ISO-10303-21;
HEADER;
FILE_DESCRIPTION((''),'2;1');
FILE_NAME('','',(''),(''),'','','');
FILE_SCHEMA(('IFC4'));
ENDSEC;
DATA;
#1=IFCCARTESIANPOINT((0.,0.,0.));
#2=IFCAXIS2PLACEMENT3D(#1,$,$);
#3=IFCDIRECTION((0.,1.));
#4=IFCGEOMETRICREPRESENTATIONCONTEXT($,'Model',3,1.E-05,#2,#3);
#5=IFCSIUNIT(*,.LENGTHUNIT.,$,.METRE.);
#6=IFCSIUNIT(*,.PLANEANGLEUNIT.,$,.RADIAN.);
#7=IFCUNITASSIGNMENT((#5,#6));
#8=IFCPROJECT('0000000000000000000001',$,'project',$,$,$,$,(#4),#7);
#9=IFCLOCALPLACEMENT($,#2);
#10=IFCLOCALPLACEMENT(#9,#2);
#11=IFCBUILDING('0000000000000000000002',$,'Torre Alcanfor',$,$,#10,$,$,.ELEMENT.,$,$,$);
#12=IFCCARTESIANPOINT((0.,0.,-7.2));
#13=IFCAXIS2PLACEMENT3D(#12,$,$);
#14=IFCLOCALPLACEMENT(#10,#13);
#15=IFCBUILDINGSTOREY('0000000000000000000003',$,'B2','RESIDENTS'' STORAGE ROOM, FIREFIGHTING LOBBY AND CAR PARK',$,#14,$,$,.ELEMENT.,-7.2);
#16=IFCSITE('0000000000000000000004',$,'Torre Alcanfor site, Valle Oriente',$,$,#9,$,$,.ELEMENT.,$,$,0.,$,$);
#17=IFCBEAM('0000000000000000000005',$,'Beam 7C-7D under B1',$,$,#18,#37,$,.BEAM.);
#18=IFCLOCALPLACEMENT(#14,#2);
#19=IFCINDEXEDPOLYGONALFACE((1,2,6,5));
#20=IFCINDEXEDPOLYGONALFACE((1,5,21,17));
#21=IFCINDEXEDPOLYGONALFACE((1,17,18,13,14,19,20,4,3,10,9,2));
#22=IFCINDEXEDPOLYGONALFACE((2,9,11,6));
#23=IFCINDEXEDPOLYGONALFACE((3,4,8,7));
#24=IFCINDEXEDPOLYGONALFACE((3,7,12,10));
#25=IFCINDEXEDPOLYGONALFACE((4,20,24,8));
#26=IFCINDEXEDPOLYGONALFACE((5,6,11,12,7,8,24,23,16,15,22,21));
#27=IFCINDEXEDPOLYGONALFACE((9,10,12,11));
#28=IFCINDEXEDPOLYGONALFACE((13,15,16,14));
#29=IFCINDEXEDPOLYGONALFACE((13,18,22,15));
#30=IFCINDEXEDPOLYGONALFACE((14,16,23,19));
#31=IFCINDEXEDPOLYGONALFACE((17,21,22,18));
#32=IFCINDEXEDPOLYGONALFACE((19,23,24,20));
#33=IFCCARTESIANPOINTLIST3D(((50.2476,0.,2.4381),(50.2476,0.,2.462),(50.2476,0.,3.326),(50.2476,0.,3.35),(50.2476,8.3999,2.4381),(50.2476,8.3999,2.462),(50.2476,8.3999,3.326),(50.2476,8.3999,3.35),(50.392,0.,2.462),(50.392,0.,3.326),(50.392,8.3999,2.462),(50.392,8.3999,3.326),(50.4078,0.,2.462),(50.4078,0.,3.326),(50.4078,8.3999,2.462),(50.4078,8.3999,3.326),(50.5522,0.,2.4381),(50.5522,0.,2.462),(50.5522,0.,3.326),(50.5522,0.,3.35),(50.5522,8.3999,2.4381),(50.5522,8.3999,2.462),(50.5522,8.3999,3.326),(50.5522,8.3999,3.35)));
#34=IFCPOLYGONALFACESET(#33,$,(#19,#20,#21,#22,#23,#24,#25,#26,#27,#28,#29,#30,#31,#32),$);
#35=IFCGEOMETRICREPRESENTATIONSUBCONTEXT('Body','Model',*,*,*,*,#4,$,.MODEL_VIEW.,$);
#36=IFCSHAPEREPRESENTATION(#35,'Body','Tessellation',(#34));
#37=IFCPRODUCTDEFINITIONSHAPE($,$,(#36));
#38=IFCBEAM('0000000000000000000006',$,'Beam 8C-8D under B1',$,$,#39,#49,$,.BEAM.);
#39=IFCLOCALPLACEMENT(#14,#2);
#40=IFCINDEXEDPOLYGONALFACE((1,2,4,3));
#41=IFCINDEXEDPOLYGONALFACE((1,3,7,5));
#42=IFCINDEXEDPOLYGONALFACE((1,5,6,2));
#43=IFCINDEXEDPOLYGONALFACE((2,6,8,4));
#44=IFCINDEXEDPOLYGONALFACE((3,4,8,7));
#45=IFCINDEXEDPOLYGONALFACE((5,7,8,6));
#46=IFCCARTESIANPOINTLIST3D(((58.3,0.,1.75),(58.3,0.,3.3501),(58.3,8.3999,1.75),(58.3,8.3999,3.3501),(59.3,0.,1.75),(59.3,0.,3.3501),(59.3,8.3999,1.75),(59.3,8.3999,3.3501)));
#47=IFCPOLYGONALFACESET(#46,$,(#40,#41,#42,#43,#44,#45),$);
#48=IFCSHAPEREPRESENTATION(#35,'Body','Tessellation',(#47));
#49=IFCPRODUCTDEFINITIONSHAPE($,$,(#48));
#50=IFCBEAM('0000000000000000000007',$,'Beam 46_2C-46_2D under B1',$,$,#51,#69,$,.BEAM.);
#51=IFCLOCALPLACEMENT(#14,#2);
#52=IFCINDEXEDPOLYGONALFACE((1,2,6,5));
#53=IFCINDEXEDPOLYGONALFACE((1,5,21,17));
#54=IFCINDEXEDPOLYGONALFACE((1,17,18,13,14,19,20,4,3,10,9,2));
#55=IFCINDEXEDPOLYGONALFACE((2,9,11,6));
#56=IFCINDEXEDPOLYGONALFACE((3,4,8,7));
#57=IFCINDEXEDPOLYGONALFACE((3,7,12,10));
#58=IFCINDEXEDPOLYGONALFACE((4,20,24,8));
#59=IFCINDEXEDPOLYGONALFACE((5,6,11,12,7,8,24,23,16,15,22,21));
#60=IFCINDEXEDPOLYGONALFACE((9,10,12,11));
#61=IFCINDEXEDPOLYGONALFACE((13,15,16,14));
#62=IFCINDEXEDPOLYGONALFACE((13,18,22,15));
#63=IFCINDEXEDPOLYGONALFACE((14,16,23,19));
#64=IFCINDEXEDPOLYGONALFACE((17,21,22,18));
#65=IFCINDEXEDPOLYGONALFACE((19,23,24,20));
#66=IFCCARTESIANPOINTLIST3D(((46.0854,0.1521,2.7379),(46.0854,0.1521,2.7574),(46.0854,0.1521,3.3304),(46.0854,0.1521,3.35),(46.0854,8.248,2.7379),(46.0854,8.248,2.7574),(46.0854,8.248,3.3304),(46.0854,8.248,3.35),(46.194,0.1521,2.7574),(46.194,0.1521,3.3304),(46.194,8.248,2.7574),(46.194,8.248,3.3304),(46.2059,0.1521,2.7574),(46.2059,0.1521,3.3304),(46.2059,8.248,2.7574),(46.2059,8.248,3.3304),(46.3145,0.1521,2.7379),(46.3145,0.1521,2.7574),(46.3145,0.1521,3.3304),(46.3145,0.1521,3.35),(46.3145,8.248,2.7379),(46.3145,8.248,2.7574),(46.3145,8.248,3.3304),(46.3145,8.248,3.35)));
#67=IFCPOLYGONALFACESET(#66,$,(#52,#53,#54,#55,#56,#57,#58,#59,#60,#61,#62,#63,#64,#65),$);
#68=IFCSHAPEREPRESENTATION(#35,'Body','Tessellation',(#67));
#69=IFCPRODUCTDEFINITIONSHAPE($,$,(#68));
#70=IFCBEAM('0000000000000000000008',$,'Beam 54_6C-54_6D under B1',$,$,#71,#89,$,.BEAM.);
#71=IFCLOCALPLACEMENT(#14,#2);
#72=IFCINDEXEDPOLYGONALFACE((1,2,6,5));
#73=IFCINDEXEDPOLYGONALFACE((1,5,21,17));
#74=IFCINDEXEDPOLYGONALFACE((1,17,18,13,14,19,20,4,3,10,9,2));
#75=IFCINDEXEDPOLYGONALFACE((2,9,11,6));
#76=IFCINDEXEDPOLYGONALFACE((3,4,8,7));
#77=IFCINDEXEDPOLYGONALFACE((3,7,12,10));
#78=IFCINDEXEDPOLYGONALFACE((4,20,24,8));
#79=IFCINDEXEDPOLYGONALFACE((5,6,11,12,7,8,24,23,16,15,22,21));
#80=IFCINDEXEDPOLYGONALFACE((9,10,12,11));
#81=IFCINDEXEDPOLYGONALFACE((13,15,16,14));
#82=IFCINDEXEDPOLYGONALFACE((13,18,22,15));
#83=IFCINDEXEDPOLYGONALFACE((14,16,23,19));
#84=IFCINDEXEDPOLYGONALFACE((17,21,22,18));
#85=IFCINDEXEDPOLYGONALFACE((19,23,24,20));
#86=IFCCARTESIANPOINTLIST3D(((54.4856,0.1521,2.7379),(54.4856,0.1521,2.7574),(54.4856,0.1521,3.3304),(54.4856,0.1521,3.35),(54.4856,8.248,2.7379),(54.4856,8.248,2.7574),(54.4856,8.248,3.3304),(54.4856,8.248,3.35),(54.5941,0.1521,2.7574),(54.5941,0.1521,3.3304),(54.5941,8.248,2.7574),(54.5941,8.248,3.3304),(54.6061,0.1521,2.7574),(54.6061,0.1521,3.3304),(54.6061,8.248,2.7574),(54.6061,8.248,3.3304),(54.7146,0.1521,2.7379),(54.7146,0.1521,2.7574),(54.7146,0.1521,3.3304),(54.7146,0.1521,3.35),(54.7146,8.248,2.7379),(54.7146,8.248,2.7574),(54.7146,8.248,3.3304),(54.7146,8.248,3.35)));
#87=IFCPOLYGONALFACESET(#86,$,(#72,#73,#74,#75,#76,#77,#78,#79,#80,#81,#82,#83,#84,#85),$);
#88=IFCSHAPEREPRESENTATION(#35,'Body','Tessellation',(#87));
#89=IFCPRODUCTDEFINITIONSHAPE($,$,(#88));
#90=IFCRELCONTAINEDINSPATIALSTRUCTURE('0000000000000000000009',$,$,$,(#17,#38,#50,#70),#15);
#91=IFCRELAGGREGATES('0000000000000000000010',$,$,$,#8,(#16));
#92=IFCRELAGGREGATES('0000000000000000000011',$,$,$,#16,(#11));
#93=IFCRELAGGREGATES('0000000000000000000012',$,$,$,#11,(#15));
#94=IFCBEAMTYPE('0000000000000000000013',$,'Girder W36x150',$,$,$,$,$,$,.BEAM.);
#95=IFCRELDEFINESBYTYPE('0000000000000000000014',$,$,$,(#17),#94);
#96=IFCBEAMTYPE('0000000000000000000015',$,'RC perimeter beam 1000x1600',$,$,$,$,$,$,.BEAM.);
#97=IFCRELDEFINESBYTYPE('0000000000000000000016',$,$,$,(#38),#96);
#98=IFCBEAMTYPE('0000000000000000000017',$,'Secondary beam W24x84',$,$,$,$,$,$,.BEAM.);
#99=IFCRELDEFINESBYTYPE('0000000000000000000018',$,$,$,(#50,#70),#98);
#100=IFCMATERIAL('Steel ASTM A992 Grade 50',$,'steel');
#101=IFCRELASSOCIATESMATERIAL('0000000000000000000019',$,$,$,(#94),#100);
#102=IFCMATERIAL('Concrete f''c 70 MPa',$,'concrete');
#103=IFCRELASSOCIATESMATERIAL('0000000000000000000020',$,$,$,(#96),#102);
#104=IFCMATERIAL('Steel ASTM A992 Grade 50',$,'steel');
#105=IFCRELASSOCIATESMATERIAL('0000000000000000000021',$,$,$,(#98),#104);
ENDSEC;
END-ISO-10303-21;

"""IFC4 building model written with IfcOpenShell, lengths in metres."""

from ifc_helpers import new_model, si_unit, direction, frame, origin, origin_2d, place, context, subcontext, project, spatial, rectangle, i_section, extrude, material, material_profile, profile_set, type_object, element, save


model = new_model("IFC4")

# Units and contexts
model_context = context("Model", 3, precision=1e-05, world=origin(), true_north=direction((0.0, 1.0)))
body_context = subcontext(model_context, "Body", "Model", "MODEL_VIEW")
ifc_project = project(units=[si_unit("LENGTHUNIT", "METRE"), si_unit("PLANEANGLEUNIT", "RADIAN")], contexts=[model_context])

# Site, building, storey
site_placement = place(None, origin())
site = spatial("IfcSite", under=ifc_project, at=site_placement, Name="Torre Alcanfor site, Valle Oriente", CompositionType="ELEMENT", RefElevation=0.0)
building_placement = place(site_placement, origin())
building = spatial("IfcBuilding", under=site, at=building_placement, Name="Torre Alcanfor", CompositionType="ELEMENT")
storey_placement = place(building_placement, frame((0.0, 0.0, -7.2)))
storey = spatial("IfcBuildingStorey", under=building, at=storey_placement, Name="B2", Description="RESIDENTS' STORAGE ROOM, FIREFIGHTING LOBBY AND CAR PARK", CompositionType="ELEMENT", Elevation=-7.2)

# Beams
ifc_material_1 = material(Name="Steel ASTM A992 Grade 50", Category="steel")
ifc_material_profile_1 = material_profile(ifc_material_1, i_section(OverallWidth=0.3047, OverallDepth=0.9119, WebThickness=0.0159, FlangeThickness=0.0239, at=origin_2d()), Name="W36x150")
ifc_profile_set_1 = profile_set([ifc_material_profile_1], Name="Steel ASTM A992 Grade 50")
beam_type_1 = type_object("IfcBeamType", Name="Girder W36x150", PredefinedType="BEAM", material=ifc_profile_set_1)
for number, where, z_axis, x_axis, name in (
    (1, (50.3999, 0.0, 2.894), (0.0, 1.0, 0.0), (-1.0, 0.0, 0.0), "Beam 7C-7D under B1"),
):
    element("IfcBeam", number, at=place(storey_placement, frame(where, z_axis=z_axis, x_axis=x_axis)), inside=storey, type_object=beam_type_1, Name=name, PredefinedType="BEAM", context=body_context, shape_type="SweptSolid", body=[
        extrude(i_section(OverallWidth=0.3047, OverallDepth=0.9119, WebThickness=0.0159, FlangeThickness=0.0239, at=origin_2d()), origin(), (0.0, 0.0, 1.0), 8.3999),
    ])
ifc_material_2 = material(Name="Concrete f'c 70 MPa", Category="concrete")
ifc_material_profile_2 = material_profile(ifc_material_2, rectangle(XDim=1.0, YDim=1.6001, at=origin_2d()), Name="1000x1600")
ifc_profile_set_2 = profile_set([ifc_material_profile_2], Name="Concrete f'c 70 MPa")
beam_type_2 = type_object("IfcBeamType", Name="RC perimeter beam 1000x1600", PredefinedType="BEAM", material=ifc_profile_set_2)
beam_1_placement = place(storey_placement, frame((58.8, 0.0, 2.55), z_axis=(0.0, 1.0, 0.0), x_axis=(-1.0, 0.0, 0.0)))
element("IfcBeam", 2, at=beam_1_placement, inside=storey, type_object=beam_type_2, Name="Beam 8C-8D under B1", PredefinedType="BEAM", context=body_context, shape_type="SweptSolid", body=[
    extrude(rectangle(XDim=1.0, YDim=1.6001, at=origin_2d()), origin(), (0.0, 0.0, 1.0), 8.3999),
])
ifc_material_3 = material(Name="Steel ASTM A992 Grade 50", Category="steel")
ifc_material_profile_3 = material_profile(ifc_material_3, i_section(OverallWidth=0.229, OverallDepth=0.6121, WebThickness=0.012, FlangeThickness=0.0195, at=origin_2d()), Name="W24x84")
ifc_profile_set_3 = profile_set([ifc_material_profile_3], Name="Steel ASTM A992 Grade 50")
beam_type_3 = type_object("IfcBeamType", Name="Secondary beam W24x84", PredefinedType="BEAM", material=ifc_profile_set_3)
for number, where, z_axis, x_axis, name in (
    (3, (46.2, 0.1521, 3.0439), (0.0, 1.0, 0.0), (-1.0, 0.0, 0.0), "Beam 46_2C-46_2D under B1"),
    (4, (54.6001, 0.1521, 3.0439), (0.0, 1.0, 0.0), (-1.0, 0.0, 0.0), "Beam 54_6C-54_6D under B1"),
):
    element("IfcBeam", number, at=place(storey_placement, frame(where, z_axis=z_axis, x_axis=x_axis)), inside=storey, type_object=beam_type_3, Name=name, PredefinedType="BEAM", context=body_context, shape_type="SweptSolid", body=[
        extrude(i_section(OverallWidth=0.229, OverallDepth=0.6121, WebThickness=0.012, FlangeThickness=0.0195, at=origin_2d()), origin(), (0.0, 0.0, 1.0), 8.0959),
    ])

save(model, "model.ifc")
